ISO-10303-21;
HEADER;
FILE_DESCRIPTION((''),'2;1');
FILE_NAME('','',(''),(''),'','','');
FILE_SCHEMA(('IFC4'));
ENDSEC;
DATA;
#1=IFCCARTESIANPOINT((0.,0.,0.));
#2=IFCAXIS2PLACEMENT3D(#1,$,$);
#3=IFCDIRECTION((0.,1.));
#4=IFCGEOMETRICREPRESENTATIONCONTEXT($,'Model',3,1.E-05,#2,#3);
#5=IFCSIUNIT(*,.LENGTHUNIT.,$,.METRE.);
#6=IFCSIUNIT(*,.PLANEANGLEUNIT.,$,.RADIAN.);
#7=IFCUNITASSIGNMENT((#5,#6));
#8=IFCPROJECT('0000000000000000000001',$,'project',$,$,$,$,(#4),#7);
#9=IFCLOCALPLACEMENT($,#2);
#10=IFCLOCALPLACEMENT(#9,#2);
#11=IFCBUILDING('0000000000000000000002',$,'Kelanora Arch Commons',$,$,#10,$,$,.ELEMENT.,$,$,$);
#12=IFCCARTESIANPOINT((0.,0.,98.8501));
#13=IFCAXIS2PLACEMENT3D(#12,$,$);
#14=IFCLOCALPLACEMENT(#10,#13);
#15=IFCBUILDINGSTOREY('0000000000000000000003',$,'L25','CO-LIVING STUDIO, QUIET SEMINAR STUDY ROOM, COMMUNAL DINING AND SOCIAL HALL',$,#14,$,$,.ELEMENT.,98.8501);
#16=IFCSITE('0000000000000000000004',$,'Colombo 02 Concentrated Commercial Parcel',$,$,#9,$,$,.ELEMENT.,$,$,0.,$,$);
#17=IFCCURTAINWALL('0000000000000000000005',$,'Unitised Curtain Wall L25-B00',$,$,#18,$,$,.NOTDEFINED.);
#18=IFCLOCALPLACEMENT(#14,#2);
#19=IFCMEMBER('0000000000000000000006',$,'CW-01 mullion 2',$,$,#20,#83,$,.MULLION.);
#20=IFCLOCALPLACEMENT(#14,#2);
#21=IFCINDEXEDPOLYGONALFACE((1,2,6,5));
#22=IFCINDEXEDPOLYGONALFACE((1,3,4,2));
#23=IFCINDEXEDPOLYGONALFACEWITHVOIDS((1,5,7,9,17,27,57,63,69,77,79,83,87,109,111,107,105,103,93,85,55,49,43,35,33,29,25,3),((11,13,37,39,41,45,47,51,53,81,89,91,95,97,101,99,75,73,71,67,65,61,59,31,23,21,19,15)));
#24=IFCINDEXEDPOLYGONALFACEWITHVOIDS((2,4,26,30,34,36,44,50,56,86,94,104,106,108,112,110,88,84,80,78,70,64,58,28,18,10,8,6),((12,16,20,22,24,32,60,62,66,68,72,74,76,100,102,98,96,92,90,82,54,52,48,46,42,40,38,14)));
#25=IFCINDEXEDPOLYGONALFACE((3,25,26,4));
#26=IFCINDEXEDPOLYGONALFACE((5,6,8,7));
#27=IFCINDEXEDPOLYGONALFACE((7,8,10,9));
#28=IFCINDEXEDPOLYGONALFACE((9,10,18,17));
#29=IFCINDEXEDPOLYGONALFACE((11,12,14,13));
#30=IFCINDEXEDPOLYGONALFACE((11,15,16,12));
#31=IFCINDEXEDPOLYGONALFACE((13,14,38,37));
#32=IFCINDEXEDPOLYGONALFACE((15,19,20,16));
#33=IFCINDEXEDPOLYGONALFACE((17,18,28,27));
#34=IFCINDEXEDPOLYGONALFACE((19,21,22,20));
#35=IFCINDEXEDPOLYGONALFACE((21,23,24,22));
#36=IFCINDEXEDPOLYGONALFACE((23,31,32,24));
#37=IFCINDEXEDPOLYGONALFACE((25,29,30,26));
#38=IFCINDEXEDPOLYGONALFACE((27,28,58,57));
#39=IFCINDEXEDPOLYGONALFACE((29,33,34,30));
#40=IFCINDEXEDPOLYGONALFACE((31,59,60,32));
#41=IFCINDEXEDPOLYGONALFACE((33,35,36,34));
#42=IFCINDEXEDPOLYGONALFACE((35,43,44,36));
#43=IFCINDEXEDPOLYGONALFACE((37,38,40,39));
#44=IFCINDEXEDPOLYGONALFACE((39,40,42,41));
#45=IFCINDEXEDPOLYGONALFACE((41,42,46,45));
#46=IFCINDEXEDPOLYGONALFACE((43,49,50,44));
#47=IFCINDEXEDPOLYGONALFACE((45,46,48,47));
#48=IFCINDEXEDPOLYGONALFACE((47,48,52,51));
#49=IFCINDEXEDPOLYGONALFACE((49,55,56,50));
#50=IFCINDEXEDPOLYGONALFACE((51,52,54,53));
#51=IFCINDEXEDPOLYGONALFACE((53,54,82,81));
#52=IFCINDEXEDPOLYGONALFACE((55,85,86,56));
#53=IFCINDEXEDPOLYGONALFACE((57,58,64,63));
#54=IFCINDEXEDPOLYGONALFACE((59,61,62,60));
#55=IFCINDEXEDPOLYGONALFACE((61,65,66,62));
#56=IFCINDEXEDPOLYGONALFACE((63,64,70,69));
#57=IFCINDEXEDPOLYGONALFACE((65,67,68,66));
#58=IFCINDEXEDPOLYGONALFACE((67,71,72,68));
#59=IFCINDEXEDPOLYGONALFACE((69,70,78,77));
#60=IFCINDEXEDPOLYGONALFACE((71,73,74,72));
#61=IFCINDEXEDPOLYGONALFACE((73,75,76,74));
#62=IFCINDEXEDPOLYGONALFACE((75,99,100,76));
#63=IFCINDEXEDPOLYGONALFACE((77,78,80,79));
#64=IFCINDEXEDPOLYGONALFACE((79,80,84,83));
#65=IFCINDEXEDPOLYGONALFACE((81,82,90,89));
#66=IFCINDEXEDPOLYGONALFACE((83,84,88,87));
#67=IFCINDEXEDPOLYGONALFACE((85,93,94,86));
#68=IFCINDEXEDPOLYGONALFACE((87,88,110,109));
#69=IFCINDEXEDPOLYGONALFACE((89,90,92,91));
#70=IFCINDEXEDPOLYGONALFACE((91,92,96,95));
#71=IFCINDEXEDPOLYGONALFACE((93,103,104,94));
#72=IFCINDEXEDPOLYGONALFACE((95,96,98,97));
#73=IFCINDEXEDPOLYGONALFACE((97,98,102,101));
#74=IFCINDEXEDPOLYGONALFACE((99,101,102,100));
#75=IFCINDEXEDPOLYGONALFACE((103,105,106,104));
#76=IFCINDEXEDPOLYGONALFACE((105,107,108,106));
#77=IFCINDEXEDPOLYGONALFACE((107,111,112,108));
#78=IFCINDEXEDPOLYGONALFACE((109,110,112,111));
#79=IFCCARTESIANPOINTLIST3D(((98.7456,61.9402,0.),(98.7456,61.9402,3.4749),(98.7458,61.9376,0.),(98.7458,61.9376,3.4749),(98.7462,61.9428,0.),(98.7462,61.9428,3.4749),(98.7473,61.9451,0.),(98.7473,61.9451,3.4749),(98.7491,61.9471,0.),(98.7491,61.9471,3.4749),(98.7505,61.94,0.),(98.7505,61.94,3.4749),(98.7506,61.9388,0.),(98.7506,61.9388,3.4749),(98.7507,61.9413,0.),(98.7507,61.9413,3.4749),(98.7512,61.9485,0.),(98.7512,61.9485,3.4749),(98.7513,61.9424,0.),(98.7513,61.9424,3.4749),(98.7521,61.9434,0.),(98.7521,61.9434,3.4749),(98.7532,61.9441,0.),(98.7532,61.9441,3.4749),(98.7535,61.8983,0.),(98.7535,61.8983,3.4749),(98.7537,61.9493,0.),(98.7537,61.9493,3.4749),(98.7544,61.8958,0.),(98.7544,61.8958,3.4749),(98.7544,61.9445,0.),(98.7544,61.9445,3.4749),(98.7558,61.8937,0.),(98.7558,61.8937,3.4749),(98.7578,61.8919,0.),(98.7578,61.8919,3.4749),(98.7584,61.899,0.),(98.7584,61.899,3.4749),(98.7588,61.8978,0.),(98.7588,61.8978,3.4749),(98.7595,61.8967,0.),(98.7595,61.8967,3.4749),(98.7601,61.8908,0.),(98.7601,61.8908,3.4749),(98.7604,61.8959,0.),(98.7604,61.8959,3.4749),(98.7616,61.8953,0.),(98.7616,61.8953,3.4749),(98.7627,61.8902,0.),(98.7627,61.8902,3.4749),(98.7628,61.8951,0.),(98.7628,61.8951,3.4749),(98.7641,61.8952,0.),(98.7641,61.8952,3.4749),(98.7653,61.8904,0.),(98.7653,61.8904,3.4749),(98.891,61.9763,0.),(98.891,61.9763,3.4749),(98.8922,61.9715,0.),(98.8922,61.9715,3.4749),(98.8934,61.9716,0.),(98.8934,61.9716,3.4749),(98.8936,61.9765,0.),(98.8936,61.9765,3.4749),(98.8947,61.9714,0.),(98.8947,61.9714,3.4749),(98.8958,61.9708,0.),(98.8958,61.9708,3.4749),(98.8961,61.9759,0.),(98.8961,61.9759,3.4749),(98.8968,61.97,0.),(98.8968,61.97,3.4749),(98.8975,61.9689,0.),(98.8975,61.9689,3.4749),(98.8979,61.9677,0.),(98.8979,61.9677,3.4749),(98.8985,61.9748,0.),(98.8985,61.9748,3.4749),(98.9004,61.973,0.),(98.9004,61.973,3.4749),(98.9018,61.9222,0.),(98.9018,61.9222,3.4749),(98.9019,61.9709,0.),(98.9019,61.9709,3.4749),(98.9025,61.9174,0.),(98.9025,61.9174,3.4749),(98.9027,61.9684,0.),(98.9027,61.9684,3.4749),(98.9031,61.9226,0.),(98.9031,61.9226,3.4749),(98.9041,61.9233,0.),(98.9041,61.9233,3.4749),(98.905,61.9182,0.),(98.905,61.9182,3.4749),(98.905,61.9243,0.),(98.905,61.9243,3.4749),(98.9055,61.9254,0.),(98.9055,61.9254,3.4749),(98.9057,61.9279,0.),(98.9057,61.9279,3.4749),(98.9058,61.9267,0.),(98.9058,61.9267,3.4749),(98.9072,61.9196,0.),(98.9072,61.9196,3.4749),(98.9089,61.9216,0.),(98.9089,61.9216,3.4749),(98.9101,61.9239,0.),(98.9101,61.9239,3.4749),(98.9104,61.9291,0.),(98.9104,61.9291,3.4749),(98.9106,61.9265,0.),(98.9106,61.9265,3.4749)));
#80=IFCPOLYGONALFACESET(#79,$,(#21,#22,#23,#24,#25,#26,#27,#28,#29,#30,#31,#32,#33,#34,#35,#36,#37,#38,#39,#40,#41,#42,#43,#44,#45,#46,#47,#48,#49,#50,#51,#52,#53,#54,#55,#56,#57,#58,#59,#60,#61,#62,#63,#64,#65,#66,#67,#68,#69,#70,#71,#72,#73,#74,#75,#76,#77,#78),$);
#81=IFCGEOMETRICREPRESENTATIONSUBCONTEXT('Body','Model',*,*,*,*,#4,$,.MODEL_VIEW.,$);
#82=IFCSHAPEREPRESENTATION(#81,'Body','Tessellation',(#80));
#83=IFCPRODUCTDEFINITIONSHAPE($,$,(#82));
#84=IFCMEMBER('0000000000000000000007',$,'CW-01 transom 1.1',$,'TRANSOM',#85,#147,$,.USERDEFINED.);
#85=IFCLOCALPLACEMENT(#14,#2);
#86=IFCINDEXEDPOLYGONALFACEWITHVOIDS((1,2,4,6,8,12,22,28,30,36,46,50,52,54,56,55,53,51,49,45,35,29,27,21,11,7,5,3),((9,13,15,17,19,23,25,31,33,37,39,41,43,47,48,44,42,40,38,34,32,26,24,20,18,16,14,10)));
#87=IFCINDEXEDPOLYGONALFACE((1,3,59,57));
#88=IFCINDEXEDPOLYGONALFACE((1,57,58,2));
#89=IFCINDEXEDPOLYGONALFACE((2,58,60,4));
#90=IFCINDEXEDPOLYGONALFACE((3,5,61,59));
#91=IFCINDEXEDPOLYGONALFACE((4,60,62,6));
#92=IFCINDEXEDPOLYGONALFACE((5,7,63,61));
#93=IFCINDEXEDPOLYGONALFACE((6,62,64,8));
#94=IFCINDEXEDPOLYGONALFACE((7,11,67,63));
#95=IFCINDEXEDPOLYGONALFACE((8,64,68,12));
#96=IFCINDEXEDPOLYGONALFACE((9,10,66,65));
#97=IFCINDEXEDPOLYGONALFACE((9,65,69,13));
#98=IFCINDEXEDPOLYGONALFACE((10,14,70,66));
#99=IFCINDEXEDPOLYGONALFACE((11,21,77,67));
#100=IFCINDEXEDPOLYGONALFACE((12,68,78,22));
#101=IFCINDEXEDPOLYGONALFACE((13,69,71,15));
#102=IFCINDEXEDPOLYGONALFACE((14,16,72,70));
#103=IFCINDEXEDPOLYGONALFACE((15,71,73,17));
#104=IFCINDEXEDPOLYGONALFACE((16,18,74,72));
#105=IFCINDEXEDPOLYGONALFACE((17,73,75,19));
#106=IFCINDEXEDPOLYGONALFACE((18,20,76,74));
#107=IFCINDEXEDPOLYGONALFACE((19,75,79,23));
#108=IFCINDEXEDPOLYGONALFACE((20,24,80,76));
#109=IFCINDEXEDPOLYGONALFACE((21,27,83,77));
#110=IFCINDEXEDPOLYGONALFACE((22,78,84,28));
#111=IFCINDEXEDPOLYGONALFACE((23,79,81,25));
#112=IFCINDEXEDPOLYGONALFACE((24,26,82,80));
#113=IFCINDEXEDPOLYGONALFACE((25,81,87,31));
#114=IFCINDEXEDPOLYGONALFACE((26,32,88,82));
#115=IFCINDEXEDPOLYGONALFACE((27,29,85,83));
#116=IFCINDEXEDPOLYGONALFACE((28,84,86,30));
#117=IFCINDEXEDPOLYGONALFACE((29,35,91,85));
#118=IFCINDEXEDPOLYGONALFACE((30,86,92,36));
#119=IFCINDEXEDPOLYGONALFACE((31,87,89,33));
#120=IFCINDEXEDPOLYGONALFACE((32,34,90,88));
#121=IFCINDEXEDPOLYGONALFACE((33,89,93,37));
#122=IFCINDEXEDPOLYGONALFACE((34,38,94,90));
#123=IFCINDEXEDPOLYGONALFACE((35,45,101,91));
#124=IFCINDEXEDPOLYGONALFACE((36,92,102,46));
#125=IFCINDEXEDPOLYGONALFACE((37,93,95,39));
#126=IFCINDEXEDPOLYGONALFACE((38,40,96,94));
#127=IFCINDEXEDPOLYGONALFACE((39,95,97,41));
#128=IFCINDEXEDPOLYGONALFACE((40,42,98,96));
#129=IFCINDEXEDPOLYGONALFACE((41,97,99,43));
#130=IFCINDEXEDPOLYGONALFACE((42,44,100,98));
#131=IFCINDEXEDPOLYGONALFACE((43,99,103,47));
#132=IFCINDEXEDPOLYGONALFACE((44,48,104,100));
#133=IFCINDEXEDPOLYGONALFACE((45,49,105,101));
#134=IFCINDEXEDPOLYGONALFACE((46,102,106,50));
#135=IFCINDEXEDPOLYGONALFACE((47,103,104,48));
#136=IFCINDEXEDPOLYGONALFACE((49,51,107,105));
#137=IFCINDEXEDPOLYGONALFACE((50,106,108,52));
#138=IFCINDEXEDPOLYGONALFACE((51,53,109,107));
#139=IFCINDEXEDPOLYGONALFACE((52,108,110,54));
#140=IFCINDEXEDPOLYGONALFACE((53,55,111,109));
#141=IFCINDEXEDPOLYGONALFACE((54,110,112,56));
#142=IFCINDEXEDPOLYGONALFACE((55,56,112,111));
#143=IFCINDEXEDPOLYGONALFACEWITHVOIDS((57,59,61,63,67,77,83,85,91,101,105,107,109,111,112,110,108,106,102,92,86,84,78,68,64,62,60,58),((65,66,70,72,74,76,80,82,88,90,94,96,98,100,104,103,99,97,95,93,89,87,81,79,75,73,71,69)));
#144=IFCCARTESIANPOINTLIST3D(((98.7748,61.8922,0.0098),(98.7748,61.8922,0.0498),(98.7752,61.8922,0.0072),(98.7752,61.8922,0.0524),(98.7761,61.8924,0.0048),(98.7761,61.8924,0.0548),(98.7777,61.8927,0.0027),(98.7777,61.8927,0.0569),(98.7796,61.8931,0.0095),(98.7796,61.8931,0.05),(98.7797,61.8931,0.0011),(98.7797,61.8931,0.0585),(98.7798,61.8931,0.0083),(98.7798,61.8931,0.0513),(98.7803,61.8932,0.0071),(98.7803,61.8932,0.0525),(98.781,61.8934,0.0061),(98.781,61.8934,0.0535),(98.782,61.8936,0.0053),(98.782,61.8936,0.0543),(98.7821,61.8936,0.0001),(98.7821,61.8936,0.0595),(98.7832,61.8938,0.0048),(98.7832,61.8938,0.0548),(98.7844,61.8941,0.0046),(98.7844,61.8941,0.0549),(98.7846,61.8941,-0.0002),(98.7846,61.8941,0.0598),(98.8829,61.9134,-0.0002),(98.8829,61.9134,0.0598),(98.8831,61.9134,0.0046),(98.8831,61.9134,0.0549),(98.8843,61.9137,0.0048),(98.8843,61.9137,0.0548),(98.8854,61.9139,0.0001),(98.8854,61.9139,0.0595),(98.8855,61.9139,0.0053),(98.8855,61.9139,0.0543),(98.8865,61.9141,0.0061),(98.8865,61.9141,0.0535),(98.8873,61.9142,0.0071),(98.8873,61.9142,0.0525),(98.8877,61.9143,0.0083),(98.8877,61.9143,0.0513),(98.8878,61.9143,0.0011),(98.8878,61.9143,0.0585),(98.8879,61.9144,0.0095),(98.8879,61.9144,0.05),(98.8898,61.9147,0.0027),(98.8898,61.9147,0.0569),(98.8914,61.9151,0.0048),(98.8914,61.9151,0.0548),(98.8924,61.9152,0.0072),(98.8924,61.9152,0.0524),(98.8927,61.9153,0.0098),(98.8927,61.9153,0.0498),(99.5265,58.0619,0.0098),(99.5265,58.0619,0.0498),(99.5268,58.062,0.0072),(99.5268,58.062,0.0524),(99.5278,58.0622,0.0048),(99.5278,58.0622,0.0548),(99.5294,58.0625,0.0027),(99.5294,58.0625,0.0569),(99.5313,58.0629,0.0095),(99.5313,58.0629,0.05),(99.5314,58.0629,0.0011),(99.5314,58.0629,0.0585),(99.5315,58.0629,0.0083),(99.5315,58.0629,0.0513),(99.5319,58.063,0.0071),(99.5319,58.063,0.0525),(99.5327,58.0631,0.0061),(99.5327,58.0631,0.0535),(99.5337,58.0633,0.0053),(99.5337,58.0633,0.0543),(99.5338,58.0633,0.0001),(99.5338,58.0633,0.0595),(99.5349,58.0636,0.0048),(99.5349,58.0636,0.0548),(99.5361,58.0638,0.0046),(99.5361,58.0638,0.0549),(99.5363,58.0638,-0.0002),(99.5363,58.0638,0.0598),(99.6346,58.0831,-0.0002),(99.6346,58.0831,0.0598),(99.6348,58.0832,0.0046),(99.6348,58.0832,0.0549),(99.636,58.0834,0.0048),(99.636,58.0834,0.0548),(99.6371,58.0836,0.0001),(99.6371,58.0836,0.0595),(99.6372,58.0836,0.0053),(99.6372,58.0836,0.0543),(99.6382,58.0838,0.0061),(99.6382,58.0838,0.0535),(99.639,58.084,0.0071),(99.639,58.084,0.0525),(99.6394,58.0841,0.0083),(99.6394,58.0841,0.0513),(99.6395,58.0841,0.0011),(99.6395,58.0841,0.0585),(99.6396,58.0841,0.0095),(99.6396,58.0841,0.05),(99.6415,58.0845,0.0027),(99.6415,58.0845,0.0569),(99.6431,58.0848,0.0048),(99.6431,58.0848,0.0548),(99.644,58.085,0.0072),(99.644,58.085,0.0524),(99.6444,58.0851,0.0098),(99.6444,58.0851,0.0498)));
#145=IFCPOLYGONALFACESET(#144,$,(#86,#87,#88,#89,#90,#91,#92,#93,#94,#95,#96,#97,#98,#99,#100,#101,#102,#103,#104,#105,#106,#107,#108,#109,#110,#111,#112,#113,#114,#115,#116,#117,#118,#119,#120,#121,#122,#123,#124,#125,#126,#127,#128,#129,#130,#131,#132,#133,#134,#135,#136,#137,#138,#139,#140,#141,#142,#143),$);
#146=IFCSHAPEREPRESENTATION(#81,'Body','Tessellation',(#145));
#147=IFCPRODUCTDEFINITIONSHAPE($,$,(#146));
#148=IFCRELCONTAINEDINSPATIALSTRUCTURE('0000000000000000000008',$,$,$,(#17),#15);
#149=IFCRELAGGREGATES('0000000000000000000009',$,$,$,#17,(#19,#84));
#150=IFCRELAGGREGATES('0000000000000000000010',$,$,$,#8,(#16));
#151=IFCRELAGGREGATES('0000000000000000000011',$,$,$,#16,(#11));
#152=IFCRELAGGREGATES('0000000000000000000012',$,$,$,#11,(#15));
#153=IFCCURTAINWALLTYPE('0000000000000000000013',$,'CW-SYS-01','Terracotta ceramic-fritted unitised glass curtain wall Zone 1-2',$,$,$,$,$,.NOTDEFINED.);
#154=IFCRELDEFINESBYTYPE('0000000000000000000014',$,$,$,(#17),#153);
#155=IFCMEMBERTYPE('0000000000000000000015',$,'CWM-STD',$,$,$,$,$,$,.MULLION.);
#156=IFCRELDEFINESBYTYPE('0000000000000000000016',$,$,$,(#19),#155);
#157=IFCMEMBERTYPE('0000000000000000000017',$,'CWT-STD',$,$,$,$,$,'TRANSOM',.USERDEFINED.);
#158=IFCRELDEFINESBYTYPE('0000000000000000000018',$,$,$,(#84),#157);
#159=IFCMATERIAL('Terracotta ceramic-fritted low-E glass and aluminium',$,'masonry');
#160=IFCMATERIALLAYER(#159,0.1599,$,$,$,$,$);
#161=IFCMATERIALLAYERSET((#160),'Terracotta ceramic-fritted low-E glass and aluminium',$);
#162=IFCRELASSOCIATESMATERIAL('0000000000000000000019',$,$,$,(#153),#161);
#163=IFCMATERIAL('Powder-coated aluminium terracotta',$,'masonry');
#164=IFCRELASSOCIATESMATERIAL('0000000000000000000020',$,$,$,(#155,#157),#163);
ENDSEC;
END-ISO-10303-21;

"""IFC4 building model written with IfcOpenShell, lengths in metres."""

from ifc_helpers import new_model, si_unit, direction, frame, origin, origin_2d, place, context, subcontext, project, spatial, hollow_rectangle, extrude, material, layer, layer_set, material_profile, profile_set, type_object, element, aggregate, save


model = new_model("IFC4")

# Units and contexts
model_context = context("Model", 3, precision=1e-05, world=origin(), true_north=direction((0.0, 1.0)))
body_context = subcontext(model_context, "Body", "Model", "MODEL_VIEW")
ifc_project = project(units=[si_unit("LENGTHUNIT", "METRE"), si_unit("PLANEANGLEUNIT", "RADIAN")], contexts=[model_context])

# Site, building, storey
site_placement = place(None, origin())
site = spatial("IfcSite", under=ifc_project, at=site_placement, Name="Colombo 02 Concentrated Commercial Parcel", CompositionType="ELEMENT", RefElevation=0.0)
building_placement = place(site_placement, origin())
building = spatial("IfcBuilding", under=site, at=building_placement, Name="Kelanora Arch Commons", CompositionType="ELEMENT")
storey_placement = place(building_placement, frame((0.0, 0.0, 98.8501)))
storey = spatial("IfcBuildingStorey", under=building, at=storey_placement, Name="L25", Description="CO-LIVING STUDIO, QUIET SEMINAR STUDY ROOM, COMMUNAL DINING AND SOCIAL HALL", CompositionType="ELEMENT", Elevation=98.8501)

# Curtain wall, members
ifc_material_1 = material(Name="Terracotta ceramic-fritted low-E glass and aluminium", Category="masonry")
ifc_layer_1 = layer(ifc_material_1, 0.1599)
ifc_layer_set_1 = layer_set([ifc_layer_1], Name="Terracotta ceramic-fritted low-E glass and aluminium")
curtain_wall_type = type_object("IfcCurtainWallType", Name="CW-SYS-01", Description="Terracotta ceramic-fritted unitised glass curtain wall Zone 1-2", PredefinedType="NOTDEFINED", material=ifc_layer_set_1)
curtain_wall_placement = place(storey_placement, origin())
curtain_wall = element("IfcCurtainWall", 1, at=curtain_wall_placement, inside=storey, type_object=curtain_wall_type, Name="Unitised Curtain Wall L25-B00", PredefinedType="NOTDEFINED")
ifc_material_2 = material(Name="Powder-coated aluminium terracotta", Category="masonry")
ifc_material_profile_1 = material_profile(ifc_material_2, hollow_rectangle(XDim=0.1599, YDim=0.0601, WallThickness=0.0049, InnerFilletRadius=0.0049, OuterFilletRadius=0.01, at=origin_2d()), Name="CWM160x60")
ifc_profile_set_1 = profile_set([ifc_material_profile_1], Name="Powder-coated aluminium terracotta")
member_type_1 = type_object("IfcMemberType", Name="CWM-STD", PredefinedType="MULLION", material=ifc_profile_set_1)
member_1_placement = place(storey_placement, frame((98.8281, 61.9333, 0.0), z_axis=(0.0, 0.0, 1.0), x_axis=(-0.98128, -0.192585, 0.0)))
member_1 = element("IfcMember", 2, at=member_1_placement, type_object=member_type_1, Name="CW-01 mullion 2", PredefinedType="MULLION", context=body_context, shape_type="SweptSolid", body=[
    extrude(hollow_rectangle(XDim=0.1599, YDim=0.0601, WallThickness=0.0049, InnerFilletRadius=0.0049, OuterFilletRadius=0.01, at=origin_2d()), origin(), (0.0, 0.0, 1.0), 3.4749),
])
ifc_material_profile_2 = material_profile(ifc_material_2, hollow_rectangle(XDim=0.1201, YDim=0.0601, WallThickness=0.0049, InnerFilletRadius=0.0049, OuterFilletRadius=0.01, at=origin_2d()), Name="CWT120x60")
ifc_profile_set_2 = profile_set([ifc_material_profile_2], Name="Powder-coated aluminium terracotta")
member_type_2 = type_object("IfcMemberType", Name="CWT-STD", ElementType="TRANSOM", PredefinedType="USERDEFINED", material=ifc_profile_set_2)
member_2_placement = place(storey_placement, frame((99.5854, 58.0735, 0.0298), z_axis=(-0.192579, 0.981282, 0.0), x_axis=(-0.981282, -0.192579, 0.0)))
member_2 = element("IfcMember", 3, at=member_2_placement, type_object=member_type_2, Name="CW-01 transom 1.1", ObjectType="TRANSOM", PredefinedType="USERDEFINED", context=body_context, shape_type="SweptSolid", body=[
    extrude(hollow_rectangle(XDim=0.1201, YDim=0.0601, WallThickness=0.0049, InnerFilletRadius=0.0049, OuterFilletRadius=0.01, at=origin_2d()), origin(), (0.0, 0.0, 1.0), 3.9033),
])
aggregate(curtain_wall, [member_1, member_2])

save(model, "model.ifc")
